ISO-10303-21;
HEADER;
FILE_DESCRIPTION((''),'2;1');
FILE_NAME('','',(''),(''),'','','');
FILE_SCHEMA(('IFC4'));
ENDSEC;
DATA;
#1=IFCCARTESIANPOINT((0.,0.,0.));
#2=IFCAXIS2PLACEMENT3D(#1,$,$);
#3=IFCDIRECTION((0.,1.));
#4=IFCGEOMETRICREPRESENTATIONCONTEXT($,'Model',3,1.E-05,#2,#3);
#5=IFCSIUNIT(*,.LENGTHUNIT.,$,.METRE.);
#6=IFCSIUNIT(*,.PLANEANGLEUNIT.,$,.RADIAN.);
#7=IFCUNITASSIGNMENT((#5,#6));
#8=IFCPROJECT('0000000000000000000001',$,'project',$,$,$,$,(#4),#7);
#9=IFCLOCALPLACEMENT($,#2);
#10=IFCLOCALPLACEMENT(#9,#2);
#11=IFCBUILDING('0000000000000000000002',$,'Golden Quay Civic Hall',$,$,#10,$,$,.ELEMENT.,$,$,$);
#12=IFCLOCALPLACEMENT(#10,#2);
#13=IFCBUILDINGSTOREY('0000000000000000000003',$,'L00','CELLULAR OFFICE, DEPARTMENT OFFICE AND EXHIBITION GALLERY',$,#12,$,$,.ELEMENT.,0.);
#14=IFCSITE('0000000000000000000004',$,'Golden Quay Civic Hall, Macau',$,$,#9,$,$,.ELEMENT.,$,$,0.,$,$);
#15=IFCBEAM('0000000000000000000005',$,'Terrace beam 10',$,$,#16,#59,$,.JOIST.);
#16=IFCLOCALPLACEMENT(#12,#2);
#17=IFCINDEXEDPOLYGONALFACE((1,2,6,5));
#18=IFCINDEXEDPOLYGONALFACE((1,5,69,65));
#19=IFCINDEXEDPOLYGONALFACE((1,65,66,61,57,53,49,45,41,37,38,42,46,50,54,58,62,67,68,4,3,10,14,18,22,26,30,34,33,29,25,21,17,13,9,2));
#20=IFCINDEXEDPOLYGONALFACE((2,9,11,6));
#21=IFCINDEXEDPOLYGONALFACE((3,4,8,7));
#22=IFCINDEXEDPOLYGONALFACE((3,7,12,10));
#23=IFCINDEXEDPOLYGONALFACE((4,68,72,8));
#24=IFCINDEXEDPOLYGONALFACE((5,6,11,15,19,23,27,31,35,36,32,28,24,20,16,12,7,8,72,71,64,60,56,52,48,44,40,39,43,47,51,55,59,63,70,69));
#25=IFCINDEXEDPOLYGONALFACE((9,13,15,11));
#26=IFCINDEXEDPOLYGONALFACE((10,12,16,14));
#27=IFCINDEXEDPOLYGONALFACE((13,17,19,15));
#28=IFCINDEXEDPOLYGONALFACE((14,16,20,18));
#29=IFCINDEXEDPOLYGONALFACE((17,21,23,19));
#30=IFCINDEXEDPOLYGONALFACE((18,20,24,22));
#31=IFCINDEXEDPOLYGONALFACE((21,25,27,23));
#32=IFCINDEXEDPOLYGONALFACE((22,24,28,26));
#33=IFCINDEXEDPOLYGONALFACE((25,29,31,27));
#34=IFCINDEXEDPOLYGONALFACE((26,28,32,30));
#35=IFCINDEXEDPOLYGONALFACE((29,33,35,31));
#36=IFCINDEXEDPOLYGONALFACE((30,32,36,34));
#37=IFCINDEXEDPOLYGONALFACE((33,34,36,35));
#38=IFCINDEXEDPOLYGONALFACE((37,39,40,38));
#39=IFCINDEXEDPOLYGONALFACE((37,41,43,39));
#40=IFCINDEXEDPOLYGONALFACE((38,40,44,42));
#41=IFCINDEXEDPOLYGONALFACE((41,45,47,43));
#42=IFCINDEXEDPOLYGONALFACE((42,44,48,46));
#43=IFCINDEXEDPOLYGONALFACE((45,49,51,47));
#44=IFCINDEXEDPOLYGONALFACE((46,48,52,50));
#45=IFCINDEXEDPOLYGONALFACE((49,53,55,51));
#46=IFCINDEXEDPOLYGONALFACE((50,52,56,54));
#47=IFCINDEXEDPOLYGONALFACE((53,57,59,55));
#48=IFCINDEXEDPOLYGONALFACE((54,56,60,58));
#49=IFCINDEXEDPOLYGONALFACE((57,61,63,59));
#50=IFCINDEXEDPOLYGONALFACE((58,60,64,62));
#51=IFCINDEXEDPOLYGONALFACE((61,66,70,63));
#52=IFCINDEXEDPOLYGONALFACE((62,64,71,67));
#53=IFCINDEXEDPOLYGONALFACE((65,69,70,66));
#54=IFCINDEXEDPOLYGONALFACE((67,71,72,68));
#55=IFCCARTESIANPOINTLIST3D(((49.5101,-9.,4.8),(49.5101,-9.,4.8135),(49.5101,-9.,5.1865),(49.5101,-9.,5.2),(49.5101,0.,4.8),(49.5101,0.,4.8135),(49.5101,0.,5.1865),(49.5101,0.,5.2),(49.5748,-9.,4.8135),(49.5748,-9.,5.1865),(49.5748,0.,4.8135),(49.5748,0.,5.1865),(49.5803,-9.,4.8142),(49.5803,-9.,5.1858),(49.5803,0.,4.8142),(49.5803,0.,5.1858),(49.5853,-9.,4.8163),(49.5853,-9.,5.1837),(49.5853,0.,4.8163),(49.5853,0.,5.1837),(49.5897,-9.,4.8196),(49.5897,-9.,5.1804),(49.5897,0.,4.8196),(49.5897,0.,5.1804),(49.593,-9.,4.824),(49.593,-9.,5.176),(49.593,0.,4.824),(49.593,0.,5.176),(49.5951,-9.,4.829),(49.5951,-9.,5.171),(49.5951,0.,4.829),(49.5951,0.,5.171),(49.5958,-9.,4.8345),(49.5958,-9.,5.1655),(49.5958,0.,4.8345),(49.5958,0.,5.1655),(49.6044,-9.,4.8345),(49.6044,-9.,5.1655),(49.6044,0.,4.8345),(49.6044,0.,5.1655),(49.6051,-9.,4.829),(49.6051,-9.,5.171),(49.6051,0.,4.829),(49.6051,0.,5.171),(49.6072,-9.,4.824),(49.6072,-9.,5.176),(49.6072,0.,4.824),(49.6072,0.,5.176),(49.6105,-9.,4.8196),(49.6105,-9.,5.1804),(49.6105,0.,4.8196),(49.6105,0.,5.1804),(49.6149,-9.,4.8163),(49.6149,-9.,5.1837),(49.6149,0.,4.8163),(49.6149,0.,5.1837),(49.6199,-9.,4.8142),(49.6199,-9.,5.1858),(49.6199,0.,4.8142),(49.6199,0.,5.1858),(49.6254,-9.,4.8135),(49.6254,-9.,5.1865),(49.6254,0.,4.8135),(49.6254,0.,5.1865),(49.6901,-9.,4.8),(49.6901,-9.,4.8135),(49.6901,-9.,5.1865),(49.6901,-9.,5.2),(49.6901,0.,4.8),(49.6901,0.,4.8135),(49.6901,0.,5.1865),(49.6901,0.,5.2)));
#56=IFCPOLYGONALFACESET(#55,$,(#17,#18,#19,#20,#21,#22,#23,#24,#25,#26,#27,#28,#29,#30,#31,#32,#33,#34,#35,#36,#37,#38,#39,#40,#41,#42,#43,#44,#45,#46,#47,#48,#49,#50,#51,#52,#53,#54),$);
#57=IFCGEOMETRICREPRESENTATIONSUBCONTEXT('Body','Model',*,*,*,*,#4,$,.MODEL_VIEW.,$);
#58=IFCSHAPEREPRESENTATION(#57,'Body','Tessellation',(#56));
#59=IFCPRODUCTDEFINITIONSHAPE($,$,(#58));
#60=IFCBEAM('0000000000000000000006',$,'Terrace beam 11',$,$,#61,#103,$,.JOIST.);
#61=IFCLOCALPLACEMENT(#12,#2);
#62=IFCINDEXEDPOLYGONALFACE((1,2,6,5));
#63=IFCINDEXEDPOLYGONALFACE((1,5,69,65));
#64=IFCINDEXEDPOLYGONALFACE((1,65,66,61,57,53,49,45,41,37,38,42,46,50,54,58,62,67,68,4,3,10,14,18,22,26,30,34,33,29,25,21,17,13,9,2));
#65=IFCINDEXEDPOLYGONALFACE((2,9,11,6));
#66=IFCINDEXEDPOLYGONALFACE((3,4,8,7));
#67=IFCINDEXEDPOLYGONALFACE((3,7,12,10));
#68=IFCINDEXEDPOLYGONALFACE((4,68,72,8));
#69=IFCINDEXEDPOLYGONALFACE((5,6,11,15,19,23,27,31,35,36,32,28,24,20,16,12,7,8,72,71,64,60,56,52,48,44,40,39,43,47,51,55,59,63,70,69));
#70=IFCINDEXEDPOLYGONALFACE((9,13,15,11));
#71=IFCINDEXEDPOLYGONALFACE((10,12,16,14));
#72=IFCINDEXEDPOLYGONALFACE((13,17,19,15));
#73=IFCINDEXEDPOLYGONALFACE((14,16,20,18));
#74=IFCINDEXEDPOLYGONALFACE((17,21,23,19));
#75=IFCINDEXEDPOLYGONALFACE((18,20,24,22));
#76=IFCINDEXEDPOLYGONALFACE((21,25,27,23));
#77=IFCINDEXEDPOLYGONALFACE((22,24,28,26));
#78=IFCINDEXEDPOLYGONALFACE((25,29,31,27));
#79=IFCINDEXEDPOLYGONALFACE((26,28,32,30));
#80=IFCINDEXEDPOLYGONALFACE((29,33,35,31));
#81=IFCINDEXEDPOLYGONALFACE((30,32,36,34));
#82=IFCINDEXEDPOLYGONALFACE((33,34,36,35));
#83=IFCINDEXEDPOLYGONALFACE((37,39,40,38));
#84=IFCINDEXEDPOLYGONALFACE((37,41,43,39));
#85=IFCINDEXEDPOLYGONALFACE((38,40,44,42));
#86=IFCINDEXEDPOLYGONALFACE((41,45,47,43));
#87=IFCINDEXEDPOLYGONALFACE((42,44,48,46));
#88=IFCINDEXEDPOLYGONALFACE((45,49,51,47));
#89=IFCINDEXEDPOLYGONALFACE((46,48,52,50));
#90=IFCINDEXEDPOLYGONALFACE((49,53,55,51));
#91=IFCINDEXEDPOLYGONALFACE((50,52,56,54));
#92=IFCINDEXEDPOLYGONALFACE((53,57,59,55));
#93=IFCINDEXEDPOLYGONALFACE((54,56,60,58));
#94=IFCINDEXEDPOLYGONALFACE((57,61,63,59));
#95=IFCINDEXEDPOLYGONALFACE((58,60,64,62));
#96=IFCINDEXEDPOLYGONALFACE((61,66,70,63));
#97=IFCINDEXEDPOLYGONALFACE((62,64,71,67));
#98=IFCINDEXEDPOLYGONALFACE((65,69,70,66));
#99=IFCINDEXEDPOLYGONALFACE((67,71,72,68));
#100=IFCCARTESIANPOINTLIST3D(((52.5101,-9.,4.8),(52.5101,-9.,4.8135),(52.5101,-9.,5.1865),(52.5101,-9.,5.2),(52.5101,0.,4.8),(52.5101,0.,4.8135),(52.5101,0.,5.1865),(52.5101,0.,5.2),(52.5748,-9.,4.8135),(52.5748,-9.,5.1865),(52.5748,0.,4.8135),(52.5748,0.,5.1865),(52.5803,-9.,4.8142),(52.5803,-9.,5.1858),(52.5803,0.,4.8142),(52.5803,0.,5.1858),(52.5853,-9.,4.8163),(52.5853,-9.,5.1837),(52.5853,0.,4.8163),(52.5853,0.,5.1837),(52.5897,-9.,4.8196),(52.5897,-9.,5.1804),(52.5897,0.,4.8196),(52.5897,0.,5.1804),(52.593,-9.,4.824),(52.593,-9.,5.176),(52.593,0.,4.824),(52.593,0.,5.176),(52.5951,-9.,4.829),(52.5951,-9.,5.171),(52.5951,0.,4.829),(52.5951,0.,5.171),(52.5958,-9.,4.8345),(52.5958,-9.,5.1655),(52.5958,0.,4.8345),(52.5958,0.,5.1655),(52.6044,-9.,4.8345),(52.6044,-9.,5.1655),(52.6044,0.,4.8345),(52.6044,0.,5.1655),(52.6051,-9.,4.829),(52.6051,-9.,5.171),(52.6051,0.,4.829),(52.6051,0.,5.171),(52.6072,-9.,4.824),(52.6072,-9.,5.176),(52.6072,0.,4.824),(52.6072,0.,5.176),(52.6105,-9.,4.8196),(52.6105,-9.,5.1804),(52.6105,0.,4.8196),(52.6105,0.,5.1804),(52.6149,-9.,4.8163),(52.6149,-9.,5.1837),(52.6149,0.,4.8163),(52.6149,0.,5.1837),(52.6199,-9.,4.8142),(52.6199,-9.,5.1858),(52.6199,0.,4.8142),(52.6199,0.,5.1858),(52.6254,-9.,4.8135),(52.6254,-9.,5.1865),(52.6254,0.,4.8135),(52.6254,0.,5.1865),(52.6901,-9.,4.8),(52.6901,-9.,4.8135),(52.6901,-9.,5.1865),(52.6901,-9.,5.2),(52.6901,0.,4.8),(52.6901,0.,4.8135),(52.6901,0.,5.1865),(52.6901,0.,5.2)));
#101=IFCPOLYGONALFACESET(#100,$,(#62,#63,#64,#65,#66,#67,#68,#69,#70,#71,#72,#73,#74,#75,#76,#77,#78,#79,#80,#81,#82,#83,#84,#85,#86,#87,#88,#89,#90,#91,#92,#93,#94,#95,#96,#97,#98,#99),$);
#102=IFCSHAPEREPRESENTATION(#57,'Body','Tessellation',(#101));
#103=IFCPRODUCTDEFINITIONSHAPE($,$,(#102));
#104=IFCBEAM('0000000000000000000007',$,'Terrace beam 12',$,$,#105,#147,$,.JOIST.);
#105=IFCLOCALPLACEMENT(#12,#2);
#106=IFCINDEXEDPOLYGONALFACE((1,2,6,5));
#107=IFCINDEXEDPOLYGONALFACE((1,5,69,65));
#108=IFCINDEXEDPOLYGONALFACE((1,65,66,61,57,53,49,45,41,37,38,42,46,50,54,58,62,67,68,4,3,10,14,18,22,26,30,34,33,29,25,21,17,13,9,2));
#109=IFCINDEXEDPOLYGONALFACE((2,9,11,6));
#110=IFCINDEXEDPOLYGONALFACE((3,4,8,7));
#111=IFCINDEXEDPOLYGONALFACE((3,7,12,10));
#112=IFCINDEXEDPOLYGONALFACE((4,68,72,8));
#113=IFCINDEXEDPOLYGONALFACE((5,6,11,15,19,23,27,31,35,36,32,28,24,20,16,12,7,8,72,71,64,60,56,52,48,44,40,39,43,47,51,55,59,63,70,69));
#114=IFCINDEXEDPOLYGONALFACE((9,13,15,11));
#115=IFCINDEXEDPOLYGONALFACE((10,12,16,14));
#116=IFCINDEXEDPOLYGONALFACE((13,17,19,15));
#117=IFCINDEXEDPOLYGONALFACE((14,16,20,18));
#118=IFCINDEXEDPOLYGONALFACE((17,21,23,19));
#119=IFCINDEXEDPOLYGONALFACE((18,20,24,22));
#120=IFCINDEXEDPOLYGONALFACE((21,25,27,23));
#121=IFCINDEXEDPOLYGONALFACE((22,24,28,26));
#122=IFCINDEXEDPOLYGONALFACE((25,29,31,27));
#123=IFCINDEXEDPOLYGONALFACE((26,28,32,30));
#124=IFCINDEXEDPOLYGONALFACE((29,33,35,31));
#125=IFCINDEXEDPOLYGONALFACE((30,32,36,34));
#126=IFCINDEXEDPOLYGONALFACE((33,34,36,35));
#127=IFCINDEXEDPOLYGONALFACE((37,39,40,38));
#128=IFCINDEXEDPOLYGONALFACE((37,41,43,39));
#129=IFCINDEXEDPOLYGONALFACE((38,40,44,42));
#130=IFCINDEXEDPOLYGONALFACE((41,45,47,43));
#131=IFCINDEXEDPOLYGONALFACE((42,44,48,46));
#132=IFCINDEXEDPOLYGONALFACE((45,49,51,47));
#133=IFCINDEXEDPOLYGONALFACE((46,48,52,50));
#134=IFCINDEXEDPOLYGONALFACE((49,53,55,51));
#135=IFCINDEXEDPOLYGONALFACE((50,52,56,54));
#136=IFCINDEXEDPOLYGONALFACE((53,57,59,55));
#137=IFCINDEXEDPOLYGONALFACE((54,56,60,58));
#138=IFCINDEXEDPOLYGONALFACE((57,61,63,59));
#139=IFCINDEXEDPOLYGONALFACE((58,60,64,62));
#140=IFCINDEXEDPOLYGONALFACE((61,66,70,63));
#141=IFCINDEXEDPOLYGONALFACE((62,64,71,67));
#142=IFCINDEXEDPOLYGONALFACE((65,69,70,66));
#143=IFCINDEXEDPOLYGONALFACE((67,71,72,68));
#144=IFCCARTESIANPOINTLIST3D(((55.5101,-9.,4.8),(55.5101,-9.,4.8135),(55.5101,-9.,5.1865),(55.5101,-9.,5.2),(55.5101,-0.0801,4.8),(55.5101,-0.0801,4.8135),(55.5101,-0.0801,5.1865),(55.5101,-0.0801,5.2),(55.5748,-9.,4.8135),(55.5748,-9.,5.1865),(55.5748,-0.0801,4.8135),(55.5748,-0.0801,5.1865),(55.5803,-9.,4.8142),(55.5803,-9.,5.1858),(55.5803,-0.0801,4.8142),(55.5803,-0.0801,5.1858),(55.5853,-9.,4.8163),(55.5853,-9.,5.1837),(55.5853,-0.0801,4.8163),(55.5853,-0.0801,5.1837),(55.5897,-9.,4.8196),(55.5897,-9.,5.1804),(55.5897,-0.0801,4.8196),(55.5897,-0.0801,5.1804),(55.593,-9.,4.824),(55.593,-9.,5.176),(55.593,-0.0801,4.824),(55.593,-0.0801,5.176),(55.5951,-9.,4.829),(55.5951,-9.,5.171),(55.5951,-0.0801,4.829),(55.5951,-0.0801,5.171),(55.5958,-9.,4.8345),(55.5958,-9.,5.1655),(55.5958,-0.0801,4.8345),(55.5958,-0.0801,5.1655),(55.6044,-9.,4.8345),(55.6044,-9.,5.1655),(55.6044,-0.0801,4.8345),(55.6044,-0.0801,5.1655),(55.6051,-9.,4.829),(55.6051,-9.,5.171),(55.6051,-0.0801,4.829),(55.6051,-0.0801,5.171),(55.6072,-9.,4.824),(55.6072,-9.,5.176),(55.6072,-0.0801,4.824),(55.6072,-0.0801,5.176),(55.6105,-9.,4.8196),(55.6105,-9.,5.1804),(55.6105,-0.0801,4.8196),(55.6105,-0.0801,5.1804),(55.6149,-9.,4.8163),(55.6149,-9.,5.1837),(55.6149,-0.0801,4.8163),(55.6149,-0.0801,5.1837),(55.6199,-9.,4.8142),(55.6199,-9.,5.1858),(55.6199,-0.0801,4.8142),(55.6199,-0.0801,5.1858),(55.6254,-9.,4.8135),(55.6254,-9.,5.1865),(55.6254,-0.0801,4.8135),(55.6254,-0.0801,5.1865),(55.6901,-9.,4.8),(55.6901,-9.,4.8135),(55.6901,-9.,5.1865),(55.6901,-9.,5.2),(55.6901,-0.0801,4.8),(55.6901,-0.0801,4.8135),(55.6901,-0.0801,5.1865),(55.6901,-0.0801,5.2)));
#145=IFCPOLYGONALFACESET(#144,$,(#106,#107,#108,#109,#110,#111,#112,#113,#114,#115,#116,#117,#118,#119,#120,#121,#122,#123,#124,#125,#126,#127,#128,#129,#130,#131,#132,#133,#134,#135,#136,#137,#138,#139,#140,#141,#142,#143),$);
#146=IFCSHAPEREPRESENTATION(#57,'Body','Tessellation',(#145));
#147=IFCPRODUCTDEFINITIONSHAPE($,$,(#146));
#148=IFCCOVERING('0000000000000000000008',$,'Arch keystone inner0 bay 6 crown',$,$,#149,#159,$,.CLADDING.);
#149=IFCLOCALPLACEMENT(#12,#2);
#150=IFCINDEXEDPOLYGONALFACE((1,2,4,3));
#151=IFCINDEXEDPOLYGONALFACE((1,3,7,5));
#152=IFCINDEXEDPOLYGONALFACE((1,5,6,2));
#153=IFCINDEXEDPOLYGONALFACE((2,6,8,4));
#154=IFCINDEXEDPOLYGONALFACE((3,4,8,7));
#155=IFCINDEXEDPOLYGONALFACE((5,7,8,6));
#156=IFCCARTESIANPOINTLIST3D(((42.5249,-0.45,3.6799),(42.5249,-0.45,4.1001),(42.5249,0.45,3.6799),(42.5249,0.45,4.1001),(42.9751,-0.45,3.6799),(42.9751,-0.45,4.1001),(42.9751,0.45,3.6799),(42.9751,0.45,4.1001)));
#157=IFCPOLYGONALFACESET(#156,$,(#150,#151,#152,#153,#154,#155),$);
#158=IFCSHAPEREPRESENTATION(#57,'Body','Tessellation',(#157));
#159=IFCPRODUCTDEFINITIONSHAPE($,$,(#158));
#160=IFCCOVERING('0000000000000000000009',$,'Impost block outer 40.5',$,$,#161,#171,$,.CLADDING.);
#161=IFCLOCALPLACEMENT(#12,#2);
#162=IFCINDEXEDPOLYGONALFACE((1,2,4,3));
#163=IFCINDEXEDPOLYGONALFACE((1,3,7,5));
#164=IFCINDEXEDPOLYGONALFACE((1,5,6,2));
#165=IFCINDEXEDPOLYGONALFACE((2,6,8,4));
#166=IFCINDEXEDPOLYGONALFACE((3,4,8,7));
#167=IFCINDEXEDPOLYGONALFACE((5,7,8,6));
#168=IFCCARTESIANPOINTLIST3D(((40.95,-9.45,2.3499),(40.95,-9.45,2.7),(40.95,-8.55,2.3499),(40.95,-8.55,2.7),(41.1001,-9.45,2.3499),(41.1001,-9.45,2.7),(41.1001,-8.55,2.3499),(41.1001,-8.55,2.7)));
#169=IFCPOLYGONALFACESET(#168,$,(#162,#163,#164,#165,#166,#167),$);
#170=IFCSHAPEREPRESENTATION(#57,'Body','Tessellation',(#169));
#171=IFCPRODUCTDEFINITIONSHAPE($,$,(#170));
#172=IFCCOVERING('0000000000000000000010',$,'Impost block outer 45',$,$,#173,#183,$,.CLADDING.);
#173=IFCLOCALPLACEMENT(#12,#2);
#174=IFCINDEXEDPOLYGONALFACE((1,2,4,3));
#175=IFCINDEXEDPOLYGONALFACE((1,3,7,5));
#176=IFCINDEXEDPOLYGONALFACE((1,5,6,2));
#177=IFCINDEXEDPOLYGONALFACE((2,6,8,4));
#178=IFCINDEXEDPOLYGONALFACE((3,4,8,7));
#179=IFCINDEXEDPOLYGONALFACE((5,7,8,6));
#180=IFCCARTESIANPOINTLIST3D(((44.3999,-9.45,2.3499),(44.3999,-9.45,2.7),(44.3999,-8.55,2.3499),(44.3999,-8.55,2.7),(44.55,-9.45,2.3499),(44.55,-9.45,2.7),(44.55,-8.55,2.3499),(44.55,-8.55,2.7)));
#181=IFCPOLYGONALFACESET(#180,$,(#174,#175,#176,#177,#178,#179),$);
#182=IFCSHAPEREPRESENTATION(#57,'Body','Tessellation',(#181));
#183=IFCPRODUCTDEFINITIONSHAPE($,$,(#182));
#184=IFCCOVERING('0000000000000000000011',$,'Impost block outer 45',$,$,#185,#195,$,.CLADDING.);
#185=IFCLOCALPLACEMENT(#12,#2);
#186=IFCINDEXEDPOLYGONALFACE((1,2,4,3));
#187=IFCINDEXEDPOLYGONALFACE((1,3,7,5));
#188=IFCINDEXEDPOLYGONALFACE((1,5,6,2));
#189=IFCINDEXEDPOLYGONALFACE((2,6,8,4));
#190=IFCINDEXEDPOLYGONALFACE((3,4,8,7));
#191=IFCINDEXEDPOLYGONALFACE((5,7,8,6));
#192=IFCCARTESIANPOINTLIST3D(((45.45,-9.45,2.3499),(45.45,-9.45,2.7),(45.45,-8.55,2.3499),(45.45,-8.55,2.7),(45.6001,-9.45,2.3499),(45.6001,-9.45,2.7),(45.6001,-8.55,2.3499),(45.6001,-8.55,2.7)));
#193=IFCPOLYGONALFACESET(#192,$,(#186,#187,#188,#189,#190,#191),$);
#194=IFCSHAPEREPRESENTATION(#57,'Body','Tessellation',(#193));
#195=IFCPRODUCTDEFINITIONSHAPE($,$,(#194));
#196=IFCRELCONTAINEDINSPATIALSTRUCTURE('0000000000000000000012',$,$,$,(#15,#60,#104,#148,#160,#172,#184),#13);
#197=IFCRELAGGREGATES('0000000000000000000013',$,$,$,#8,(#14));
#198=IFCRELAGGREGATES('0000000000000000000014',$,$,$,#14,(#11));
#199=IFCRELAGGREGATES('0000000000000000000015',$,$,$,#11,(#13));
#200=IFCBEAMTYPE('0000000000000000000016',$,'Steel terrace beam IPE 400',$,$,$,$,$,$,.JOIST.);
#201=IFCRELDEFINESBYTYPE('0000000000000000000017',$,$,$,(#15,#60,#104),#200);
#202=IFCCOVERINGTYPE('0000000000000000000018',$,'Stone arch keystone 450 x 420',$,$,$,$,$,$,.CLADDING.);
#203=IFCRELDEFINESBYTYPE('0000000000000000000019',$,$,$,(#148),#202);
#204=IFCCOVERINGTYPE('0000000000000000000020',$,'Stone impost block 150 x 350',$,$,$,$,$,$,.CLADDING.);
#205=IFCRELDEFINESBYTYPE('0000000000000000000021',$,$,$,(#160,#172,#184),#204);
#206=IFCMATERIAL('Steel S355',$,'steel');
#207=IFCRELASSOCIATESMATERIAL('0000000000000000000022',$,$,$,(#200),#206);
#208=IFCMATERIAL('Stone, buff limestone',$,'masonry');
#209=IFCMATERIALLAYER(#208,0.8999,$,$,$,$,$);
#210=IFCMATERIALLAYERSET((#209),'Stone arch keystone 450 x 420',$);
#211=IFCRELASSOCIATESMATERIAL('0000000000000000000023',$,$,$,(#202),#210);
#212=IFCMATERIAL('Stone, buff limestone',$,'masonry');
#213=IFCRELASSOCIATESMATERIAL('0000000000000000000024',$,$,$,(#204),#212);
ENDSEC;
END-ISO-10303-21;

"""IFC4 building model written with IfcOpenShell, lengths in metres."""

from ifc_helpers import new_model, si_unit, direction, frame, origin, origin_2d, place, context, subcontext, project, spatial, polyline, rectangle, i_section, outline, extrude, material, layer, layer_set, material_profile, profile_set, type_object, element, save


model = new_model("IFC4")

# Units and contexts
model_context = context("Model", 3, precision=1e-05, world=origin(), true_north=direction((0.0, 1.0)))
body_context = subcontext(model_context, "Body", "Model", "MODEL_VIEW")
ifc_project = project(units=[si_unit("LENGTHUNIT", "METRE"), si_unit("PLANEANGLEUNIT", "RADIAN")], contexts=[model_context])

# Site, building, storey
site_placement = place(None, origin())
site = spatial("IfcSite", under=ifc_project, at=site_placement, Name="Golden Quay Civic Hall, Macau", CompositionType="ELEMENT", RefElevation=0.0)
building_placement = place(site_placement, origin())
building = spatial("IfcBuilding", under=site, at=building_placement, Name="Golden Quay Civic Hall", CompositionType="ELEMENT")
storey_placement = place(building_placement, origin())
storey = spatial("IfcBuildingStorey", under=building, at=storey_placement, Name="L00", Description="CELLULAR OFFICE, DEPARTMENT OFFICE AND EXHIBITION GALLERY", CompositionType="ELEMENT", Elevation=0.0)

# Beams
ifc_material_1 = material(Name="Steel S355", Category="steel")
ifc_material_profile_1 = material_profile(ifc_material_1, i_section(OverallWidth=0.1799, OverallDepth=0.3999, WebThickness=0.0085, FlangeThickness=0.0134, FilletRadius=0.021, at=origin_2d()), Name="IPE 400")
ifc_profile_set_1 = profile_set([ifc_material_profile_1], Name="Steel S355")
beam_type_1 = type_object("IfcBeamType", Name="Steel terrace beam IPE 400", PredefinedType="JOIST", material=ifc_profile_set_1)
for number, where, z_axis, x_axis, name in (
    (1, (49.6001, -9.0, 5.0), (0.0, 1.0, 0.0), (-1.0, 0.0, 0.0), "Terrace beam 10"),
    (2, (52.6001, -9.0, 5.0), (0.0, 1.0, 0.0), (-1.0, 0.0, 0.0), "Terrace beam 11"),
):
    element("IfcBeam", number, at=place(storey_placement, frame(where, z_axis=z_axis, x_axis=x_axis)), inside=storey, type_object=beam_type_1, Name=name, PredefinedType="JOIST", context=body_context, shape_type="SweptSolid", body=[
        extrude(i_section(OverallWidth=0.1799, OverallDepth=0.3999, WebThickness=0.0085, FlangeThickness=0.0134, FilletRadius=0.021, at=origin_2d()), origin(), (0.0, 0.0, 1.0), 9.0),
    ])
beam_placement = place(storey_placement, frame((55.6001, -9.0, 5.0), z_axis=(0.0, 1.0, 0.0), x_axis=(-1.0, 0.0, 0.0)))
element("IfcBeam", 3, at=beam_placement, inside=storey, type_object=beam_type_1, Name="Terrace beam 12", PredefinedType="JOIST", context=body_context, shape_type="SweptSolid", body=[
    extrude(i_section(OverallWidth=0.1799, OverallDepth=0.3999, WebThickness=0.0085, FlangeThickness=0.0134, FilletRadius=0.021, at=origin_2d()), origin(), (0.0, 0.0, 1.0), 8.9199),
])

# Coverings
ifc_material_2 = material(Name="Stone, buff limestone", Category="masonry")
ifc_layer_1 = layer(ifc_material_2, 0.8999)
ifc_layer_set_1 = layer_set([ifc_layer_1], Name="Stone arch keystone 450 x 420")
covering_type_1 = type_object("IfcCoveringType", Name="Stone arch keystone 450 x 420", PredefinedType="CLADDING", material=ifc_layer_set_1)
covering_1_placement = place(storey_placement, frame((42.5249, -0.45, 3.6799), z_axis=(0.0, -1.0, 0.0), x_axis=(1.0, 0.0, 0.0)))
element("IfcCovering", 4, at=covering_1_placement, inside=storey, type_object=covering_type_1, Name="Arch keystone inner0 bay 6 crown", PredefinedType="CLADDING", context=body_context, shape_type="SweptSolid", body=[
    extrude(outline(polyline([(0.0, 0.0), (0.4502, 0.0), (0.4502, 0.4202), (0.0, 0.4202), (0.0, 0.0)])), origin(), (0.0, 0.0, -1.0), 0.8999),
])
ifc_material_3 = material(Name="Stone, buff limestone", Category="masonry")
ifc_material_profile_2 = material_profile(ifc_material_3, rectangle(XDim=0.8999, YDim=0.3501, at=origin_2d()), Name="RC 900x350")
ifc_profile_set_2 = profile_set([ifc_material_profile_2], Name="Stone, buff limestone")
covering_type_2 = type_object("IfcCoveringType", Name="Stone impost block 150 x 350", PredefinedType="CLADDING", material=ifc_profile_set_2)
for number, where, z_axis, x_axis, name in (
    (5, (40.95, -9.0, 2.5249), (1.0, 0.0, 0.0), (0.0, 1.0, 0.0), "Impost block outer 40.5"),
    (6, (44.55, -9.0, 2.5249), (-1.0, 0.0, 0.0), (0.0, -1.0, 0.0), "Impost block outer 45"),
    (7, (45.45, -9.0, 2.5249), (1.0, 0.0, 0.0), (0.0, 1.0, 0.0), "Impost block outer 45"),
):
    element("IfcCovering", number, at=place(storey_placement, frame(where, z_axis=z_axis, x_axis=x_axis)), inside=storey, type_object=covering_type_2, Name=name, PredefinedType="CLADDING", context=body_context, shape_type="SweptSolid", body=[
        extrude(rectangle(XDim=0.8999, YDim=0.3501, at=origin_2d()), origin(), (0.0, 0.0, 1.0), 0.1501),
    ])

save(model, "model.ifc")
